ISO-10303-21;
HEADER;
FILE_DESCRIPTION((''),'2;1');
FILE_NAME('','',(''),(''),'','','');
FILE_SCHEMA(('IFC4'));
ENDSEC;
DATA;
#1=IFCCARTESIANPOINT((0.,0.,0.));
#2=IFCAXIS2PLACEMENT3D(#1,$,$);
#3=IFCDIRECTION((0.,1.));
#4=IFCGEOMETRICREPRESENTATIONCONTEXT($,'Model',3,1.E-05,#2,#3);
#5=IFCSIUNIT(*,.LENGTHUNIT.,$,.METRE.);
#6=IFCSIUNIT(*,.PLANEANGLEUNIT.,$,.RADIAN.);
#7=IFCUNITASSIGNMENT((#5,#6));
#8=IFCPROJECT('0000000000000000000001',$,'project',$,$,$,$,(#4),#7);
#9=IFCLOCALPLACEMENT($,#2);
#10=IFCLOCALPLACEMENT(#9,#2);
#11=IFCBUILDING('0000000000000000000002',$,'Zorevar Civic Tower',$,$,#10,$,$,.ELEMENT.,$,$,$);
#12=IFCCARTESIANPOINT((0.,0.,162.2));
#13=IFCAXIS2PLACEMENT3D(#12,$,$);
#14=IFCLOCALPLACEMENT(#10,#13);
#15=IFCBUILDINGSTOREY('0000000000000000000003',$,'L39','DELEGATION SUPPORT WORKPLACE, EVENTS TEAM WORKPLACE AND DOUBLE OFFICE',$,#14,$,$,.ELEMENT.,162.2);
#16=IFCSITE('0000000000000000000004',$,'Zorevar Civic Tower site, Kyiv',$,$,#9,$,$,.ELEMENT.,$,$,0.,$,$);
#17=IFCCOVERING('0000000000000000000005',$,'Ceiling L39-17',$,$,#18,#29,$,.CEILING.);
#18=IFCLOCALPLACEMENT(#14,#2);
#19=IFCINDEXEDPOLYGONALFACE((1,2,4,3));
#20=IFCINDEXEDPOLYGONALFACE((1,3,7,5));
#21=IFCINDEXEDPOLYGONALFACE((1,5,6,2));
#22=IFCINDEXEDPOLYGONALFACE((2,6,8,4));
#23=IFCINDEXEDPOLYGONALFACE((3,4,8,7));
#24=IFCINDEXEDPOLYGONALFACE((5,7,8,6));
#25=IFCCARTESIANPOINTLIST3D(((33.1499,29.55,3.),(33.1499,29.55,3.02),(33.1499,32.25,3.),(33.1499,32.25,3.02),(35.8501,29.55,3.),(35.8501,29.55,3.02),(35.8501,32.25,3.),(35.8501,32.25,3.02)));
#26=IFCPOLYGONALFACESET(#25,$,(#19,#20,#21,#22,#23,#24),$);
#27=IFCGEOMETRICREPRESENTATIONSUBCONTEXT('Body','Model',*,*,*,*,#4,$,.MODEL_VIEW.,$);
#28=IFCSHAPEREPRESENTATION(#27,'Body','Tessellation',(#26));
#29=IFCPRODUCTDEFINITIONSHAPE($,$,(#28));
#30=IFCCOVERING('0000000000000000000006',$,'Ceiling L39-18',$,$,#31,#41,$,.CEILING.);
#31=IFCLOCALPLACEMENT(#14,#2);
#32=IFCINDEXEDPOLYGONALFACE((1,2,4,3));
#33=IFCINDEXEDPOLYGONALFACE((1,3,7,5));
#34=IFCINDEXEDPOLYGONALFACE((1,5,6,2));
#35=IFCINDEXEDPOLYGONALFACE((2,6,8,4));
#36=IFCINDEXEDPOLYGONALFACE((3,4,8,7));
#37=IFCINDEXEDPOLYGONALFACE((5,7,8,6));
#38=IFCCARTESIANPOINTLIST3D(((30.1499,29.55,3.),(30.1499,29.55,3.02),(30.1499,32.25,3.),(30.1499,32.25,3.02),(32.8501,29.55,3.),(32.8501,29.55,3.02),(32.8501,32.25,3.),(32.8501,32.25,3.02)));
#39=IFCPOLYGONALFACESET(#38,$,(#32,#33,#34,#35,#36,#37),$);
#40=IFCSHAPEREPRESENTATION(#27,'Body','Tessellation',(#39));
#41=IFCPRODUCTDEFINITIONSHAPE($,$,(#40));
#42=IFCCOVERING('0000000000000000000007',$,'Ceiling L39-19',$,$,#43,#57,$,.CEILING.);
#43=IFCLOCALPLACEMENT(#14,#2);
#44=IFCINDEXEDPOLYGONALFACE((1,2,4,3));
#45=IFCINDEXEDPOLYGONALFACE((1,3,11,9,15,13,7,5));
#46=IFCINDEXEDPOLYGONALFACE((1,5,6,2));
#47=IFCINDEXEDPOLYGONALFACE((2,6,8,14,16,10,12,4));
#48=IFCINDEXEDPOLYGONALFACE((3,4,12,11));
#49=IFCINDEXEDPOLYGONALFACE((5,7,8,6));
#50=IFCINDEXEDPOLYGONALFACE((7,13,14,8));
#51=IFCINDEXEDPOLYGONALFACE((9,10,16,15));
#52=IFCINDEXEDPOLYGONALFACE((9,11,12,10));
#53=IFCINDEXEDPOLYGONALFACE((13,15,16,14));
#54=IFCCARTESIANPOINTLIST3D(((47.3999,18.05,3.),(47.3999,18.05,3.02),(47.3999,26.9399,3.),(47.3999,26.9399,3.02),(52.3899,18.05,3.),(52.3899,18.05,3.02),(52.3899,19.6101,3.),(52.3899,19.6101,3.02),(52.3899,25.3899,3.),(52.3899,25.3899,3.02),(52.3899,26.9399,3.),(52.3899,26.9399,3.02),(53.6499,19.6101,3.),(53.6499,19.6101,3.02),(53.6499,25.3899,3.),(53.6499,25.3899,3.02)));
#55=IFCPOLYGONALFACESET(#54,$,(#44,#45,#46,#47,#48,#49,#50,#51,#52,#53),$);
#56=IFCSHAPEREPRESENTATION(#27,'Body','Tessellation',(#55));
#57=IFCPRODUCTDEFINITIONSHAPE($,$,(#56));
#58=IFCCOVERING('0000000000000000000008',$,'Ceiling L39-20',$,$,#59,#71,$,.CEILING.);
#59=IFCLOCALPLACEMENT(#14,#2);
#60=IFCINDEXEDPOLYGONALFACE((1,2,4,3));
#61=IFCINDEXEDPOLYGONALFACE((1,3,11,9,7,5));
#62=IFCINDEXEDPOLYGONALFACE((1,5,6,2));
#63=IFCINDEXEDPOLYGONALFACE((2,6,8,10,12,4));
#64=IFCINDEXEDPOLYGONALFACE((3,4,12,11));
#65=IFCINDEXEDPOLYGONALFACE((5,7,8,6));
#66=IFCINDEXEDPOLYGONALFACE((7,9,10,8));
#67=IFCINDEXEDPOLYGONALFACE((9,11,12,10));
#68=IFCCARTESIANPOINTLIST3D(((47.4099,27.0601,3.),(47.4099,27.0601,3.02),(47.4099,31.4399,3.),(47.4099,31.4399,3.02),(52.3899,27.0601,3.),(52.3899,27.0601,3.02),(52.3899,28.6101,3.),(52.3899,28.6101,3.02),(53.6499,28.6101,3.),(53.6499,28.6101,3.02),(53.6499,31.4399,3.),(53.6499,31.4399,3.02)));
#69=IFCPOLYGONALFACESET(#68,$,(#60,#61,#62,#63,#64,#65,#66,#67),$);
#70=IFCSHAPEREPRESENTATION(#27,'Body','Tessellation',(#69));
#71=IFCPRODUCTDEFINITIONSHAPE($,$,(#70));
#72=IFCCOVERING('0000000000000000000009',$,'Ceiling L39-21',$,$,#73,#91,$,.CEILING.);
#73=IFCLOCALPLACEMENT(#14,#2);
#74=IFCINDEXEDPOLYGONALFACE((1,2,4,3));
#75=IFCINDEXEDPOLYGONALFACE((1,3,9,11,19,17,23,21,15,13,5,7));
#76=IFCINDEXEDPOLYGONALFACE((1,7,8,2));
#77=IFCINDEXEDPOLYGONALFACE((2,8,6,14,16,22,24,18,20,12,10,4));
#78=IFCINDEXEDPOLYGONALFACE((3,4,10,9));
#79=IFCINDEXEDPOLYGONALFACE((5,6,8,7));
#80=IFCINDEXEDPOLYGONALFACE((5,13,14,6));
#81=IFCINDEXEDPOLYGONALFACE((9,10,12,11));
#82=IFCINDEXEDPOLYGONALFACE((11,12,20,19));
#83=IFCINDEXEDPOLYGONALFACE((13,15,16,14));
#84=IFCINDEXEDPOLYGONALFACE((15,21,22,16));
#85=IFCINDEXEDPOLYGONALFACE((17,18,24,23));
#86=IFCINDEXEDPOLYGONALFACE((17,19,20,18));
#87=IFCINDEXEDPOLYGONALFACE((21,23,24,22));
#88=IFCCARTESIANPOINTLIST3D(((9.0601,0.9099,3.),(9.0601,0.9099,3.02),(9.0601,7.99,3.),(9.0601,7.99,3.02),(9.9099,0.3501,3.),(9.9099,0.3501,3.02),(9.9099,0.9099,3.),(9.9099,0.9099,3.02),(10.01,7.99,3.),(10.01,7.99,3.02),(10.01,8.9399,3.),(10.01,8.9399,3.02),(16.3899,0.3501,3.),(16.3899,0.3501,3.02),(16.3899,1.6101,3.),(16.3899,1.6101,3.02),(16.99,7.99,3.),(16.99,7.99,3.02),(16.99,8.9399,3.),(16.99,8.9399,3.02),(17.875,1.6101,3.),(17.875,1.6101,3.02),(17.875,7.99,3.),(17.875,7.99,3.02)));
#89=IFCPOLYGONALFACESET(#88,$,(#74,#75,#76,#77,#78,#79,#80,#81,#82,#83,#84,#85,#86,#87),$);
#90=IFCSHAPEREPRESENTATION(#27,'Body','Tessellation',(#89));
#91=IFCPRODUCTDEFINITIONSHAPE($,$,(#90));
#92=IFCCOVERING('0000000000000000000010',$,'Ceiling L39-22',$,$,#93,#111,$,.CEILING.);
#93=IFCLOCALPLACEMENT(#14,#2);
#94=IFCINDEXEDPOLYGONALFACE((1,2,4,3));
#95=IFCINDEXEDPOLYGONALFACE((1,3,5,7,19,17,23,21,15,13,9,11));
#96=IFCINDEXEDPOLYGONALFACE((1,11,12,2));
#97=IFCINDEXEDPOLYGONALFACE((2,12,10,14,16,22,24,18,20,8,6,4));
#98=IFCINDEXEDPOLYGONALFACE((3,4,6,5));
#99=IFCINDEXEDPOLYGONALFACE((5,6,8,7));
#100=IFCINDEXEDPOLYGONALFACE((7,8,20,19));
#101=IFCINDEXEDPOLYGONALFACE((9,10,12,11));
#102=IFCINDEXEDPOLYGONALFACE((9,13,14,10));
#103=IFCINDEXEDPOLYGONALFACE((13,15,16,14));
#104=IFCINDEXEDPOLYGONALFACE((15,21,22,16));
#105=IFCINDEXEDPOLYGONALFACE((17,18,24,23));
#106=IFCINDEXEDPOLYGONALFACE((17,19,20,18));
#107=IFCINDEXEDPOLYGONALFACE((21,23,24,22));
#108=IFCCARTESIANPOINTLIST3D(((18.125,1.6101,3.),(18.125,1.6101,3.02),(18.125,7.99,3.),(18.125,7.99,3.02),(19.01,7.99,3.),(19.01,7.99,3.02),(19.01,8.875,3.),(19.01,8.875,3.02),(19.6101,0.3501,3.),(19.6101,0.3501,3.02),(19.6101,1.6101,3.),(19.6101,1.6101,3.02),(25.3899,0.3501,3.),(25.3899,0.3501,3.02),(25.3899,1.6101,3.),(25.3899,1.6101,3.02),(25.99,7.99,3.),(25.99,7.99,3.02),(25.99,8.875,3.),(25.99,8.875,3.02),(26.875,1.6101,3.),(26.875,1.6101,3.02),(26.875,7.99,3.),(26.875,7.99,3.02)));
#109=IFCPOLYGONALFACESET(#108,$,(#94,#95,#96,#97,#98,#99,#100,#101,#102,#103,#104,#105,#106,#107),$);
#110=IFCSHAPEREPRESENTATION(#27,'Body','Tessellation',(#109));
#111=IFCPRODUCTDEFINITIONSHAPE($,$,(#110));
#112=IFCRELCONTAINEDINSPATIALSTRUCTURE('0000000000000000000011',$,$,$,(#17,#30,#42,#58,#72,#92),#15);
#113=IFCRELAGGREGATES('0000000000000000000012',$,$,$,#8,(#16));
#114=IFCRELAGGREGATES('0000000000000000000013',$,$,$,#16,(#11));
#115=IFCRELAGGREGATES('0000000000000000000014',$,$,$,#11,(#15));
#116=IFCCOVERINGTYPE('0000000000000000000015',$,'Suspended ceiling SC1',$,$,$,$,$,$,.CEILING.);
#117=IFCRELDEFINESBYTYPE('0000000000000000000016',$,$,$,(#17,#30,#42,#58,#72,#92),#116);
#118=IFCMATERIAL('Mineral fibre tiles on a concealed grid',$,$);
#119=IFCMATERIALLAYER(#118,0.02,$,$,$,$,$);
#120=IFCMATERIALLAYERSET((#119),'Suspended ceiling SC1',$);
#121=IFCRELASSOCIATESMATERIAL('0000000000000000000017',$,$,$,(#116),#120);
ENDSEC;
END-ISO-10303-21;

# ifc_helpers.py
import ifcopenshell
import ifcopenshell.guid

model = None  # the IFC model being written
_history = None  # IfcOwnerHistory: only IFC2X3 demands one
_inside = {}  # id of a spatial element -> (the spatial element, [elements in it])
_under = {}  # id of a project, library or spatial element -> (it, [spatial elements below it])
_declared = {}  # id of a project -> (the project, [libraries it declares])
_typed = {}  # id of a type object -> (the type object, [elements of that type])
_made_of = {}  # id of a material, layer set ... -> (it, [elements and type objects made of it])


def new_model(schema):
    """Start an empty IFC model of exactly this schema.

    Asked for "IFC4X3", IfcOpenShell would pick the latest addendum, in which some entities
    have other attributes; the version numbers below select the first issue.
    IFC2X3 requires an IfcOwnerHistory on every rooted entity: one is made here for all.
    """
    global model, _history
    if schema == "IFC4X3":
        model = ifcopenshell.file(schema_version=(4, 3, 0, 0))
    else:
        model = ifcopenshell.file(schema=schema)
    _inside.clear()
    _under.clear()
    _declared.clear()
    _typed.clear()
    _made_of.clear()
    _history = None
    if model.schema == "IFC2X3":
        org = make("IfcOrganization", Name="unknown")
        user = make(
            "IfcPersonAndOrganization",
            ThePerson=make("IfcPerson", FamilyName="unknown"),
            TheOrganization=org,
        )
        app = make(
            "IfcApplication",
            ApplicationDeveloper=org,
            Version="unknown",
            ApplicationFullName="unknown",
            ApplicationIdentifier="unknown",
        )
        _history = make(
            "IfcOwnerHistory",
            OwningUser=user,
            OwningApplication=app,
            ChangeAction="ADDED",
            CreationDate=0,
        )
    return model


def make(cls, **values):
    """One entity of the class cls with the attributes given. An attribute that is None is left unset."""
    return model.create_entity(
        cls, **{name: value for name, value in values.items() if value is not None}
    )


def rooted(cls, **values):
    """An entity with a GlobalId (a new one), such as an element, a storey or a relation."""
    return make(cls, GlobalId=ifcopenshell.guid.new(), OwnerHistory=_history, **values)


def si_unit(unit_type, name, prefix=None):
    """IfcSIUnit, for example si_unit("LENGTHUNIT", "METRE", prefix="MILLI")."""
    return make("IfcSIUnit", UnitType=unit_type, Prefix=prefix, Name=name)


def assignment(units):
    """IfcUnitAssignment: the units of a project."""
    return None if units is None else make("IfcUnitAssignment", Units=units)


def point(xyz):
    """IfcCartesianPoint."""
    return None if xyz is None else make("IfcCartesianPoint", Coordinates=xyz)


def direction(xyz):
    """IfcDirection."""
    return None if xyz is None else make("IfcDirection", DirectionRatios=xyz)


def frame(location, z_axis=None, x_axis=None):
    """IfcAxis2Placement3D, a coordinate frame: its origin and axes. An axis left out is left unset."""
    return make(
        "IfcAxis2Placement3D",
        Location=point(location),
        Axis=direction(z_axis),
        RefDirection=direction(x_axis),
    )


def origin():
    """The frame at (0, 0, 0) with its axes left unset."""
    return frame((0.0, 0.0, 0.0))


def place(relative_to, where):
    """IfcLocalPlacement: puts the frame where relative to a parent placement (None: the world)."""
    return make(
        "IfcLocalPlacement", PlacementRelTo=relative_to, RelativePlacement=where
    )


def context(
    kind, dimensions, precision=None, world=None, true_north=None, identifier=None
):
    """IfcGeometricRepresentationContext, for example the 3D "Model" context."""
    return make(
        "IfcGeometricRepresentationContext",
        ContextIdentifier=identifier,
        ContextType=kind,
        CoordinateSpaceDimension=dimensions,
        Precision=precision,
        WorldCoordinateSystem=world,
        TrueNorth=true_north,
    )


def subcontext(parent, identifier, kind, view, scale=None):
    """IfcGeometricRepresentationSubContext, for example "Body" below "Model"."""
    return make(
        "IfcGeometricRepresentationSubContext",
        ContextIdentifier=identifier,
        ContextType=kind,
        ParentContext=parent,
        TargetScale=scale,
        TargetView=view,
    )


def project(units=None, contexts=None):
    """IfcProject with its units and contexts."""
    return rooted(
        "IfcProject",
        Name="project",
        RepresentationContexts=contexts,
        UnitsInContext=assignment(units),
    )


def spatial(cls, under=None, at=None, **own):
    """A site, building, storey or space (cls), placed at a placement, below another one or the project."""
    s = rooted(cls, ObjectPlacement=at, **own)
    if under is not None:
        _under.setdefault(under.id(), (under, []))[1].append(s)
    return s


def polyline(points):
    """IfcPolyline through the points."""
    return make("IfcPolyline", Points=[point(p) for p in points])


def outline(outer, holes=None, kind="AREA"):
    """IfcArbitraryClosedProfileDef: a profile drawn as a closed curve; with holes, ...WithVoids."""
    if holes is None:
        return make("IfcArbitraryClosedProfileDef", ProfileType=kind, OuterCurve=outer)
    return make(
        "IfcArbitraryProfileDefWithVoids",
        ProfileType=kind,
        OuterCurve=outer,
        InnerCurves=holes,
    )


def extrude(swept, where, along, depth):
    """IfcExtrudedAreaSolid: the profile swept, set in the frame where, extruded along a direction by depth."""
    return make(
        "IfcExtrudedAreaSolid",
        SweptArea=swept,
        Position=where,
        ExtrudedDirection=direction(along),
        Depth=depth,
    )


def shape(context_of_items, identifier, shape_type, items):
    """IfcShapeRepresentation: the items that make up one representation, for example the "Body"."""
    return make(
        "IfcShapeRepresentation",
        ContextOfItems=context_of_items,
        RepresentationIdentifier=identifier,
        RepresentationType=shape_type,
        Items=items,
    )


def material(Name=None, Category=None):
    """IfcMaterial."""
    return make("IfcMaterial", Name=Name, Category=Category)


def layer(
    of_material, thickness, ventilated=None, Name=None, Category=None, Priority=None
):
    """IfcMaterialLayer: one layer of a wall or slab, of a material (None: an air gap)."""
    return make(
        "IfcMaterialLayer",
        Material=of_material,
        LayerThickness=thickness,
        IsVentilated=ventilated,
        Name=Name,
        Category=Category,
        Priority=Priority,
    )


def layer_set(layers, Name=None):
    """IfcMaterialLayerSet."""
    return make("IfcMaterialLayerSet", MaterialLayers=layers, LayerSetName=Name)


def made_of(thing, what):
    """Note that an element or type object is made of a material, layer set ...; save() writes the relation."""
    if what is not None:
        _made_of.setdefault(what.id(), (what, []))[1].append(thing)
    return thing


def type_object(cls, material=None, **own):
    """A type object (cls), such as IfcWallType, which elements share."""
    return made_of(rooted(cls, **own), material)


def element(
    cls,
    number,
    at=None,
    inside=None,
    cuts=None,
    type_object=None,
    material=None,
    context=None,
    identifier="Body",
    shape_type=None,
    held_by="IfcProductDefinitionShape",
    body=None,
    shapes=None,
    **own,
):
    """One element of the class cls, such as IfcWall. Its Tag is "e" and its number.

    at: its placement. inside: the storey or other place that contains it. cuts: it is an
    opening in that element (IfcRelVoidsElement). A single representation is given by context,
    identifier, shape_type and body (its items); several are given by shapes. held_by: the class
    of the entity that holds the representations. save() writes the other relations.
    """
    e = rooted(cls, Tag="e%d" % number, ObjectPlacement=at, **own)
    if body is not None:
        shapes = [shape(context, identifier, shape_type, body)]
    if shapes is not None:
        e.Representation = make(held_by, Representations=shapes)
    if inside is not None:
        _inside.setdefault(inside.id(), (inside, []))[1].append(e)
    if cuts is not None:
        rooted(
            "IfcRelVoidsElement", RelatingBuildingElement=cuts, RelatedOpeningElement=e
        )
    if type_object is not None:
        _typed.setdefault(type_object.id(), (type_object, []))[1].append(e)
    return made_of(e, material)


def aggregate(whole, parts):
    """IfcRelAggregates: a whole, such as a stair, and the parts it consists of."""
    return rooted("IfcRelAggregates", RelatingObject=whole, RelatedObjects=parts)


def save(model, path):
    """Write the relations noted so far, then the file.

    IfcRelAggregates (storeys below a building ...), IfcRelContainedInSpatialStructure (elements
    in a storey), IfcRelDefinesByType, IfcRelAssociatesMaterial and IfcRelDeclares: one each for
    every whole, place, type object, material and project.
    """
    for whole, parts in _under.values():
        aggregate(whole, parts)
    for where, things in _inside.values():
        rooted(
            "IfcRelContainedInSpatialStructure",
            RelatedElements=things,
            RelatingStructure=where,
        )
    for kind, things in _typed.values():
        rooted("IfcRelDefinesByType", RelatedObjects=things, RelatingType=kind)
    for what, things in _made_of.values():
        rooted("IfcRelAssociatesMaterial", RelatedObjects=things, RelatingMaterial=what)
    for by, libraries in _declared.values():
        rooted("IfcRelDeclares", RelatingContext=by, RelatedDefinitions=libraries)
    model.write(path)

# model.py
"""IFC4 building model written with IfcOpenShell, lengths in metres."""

from ifc_helpers import new_model, si_unit, direction, frame, origin, place, context, subcontext, project, spatial, polyline, outline, extrude, material, layer, layer_set, type_object, element, save


model = new_model("IFC4")

# Units and contexts
model_context = context("Model", 3, precision=1e-05, world=origin(), true_north=direction((0.0, 1.0)))
body_context = subcontext(model_context, "Body", "Model", "MODEL_VIEW")
ifc_project = project(units=[si_unit("LENGTHUNIT", "METRE"), si_unit("PLANEANGLEUNIT", "RADIAN")], contexts=[model_context])

# Site, building, storey
site_placement = place(None, origin())
site = spatial("IfcSite", under=ifc_project, at=site_placement, Name="Zorevar Civic Tower site, Kyiv", CompositionType="ELEMENT", RefElevation=0.0)
building_placement = place(site_placement, origin())
building = spatial("IfcBuilding", under=site, at=building_placement, Name="Zorevar Civic Tower", CompositionType="ELEMENT")
storey_placement = place(building_placement, frame((0.0, 0.0, 162.2)))
storey = spatial("IfcBuildingStorey", under=building, at=storey_placement, Name="L39", Description="DELEGATION SUPPORT WORKPLACE, EVENTS TEAM WORKPLACE AND DOUBLE OFFICE", CompositionType="ELEMENT", Elevation=162.2)

# Coverings
ifc_material_1 = material(Name="Mineral fibre tiles on a concealed grid")
ifc_layer_1 = layer(ifc_material_1, 0.02)
ifc_layer_set_1 = layer_set([ifc_layer_1], Name="Suspended ceiling SC1")
covering_type_1 = type_object("IfcCoveringType", Name="Suspended ceiling SC1", PredefinedType="CEILING", material=ifc_layer_set_1)
covering_1_placement = place(storey_placement, frame((0.0, 0.0, 3.0)))
element("IfcCovering", 1, at=covering_1_placement, inside=storey, type_object=covering_type_1, Name="Ceiling L39-17", PredefinedType="CEILING", context=body_context, shape_type="SweptSolid", body=[
    extrude(outline(polyline([(35.8501, 29.55), (35.8501, 32.25), (33.1499, 32.25), (33.1499, 29.55), (35.8501, 29.55)])), origin(), (0.0, 0.0, 1.0), 0.02),
])
covering_2_placement = place(storey_placement, frame((0.0, 0.0, 3.0)))
element("IfcCovering", 2, at=covering_2_placement, inside=storey, type_object=covering_type_1, Name="Ceiling L39-18", PredefinedType="CEILING", context=body_context, shape_type="SweptSolid", body=[
    extrude(outline(polyline([(32.8501, 29.55), (32.8501, 32.25), (30.1499, 32.25), (30.1499, 29.55), (32.8501, 29.55)])), origin(), (0.0, 0.0, 1.0), 0.02),
])
covering_3_placement = place(storey_placement, frame((0.0, 0.0, 3.0)))
element("IfcCovering", 3, at=covering_3_placement, inside=storey, type_object=covering_type_1, Name="Ceiling L39-19", PredefinedType="CEILING", context=body_context, shape_type="SweptSolid", body=[
    extrude(outline(polyline([(53.6499, 19.6101), (52.3899, 19.6101), (52.3899, 18.05), (47.3999, 18.05), (47.3999, 26.9399), (52.3899, 26.9399), (52.3899, 25.3899), (53.6499, 25.3899), (53.6499, 19.6101)])), origin(), (0.0, 0.0, 1.0), 0.02),
])
covering_4_placement = place(storey_placement, frame((0.0, 0.0, 3.0)))
element("IfcCovering", 4, at=covering_4_placement, inside=storey, type_object=covering_type_1, Name="Ceiling L39-20", PredefinedType="CEILING", context=body_context, shape_type="SweptSolid", body=[
    extrude(outline(polyline([(47.4099, 31.4399), (53.6499, 31.4399), (53.6499, 28.6101), (52.3899, 28.6101), (52.3899, 27.0601), (47.4099, 27.0601), (47.4099, 31.4399)])), origin(), (0.0, 0.0, 1.0), 0.02),
])
covering_5_placement = place(storey_placement, frame((0.0, 0.0, 3.0)))
element("IfcCovering", 5, at=covering_5_placement, inside=storey, type_object=covering_type_1, Name="Ceiling L39-21", PredefinedType="CEILING", context=body_context, shape_type="SweptSolid", body=[
    extrude(outline(polyline([(9.0601, 0.9099), (9.0601, 7.99), (10.01, 7.99), (10.01, 8.9399), (16.99, 8.9399), (16.99, 7.99), (17.875, 7.99), (17.875, 1.6101), (16.3899, 1.6101), (16.3899, 0.3501), (9.9099, 0.3501), (9.9099, 0.9099), (9.0601, 0.9099)])), origin(), (0.0, 0.0, 1.0), 0.02),
])
covering_6_placement = place(storey_placement, frame((0.0, 0.0, 3.0)))
element("IfcCovering", 6, at=covering_6_placement, inside=storey, type_object=covering_type_1, Name="Ceiling L39-22", PredefinedType="CEILING", context=body_context, shape_type="SweptSolid", body=[
    extrude(outline(polyline([(18.125, 1.6101), (18.125, 7.99), (19.01, 7.99), (19.01, 8.875), (25.99, 8.875), (25.99, 7.99), (26.875, 7.99), (26.875, 1.6101), (25.3899, 1.6101), (25.3899, 0.3501), (19.6101, 0.3501), (19.6101, 1.6101), (18.125, 1.6101)])), origin(), (0.0, 0.0, 1.0), 0.02),
])

save(model, "model.ifc")
